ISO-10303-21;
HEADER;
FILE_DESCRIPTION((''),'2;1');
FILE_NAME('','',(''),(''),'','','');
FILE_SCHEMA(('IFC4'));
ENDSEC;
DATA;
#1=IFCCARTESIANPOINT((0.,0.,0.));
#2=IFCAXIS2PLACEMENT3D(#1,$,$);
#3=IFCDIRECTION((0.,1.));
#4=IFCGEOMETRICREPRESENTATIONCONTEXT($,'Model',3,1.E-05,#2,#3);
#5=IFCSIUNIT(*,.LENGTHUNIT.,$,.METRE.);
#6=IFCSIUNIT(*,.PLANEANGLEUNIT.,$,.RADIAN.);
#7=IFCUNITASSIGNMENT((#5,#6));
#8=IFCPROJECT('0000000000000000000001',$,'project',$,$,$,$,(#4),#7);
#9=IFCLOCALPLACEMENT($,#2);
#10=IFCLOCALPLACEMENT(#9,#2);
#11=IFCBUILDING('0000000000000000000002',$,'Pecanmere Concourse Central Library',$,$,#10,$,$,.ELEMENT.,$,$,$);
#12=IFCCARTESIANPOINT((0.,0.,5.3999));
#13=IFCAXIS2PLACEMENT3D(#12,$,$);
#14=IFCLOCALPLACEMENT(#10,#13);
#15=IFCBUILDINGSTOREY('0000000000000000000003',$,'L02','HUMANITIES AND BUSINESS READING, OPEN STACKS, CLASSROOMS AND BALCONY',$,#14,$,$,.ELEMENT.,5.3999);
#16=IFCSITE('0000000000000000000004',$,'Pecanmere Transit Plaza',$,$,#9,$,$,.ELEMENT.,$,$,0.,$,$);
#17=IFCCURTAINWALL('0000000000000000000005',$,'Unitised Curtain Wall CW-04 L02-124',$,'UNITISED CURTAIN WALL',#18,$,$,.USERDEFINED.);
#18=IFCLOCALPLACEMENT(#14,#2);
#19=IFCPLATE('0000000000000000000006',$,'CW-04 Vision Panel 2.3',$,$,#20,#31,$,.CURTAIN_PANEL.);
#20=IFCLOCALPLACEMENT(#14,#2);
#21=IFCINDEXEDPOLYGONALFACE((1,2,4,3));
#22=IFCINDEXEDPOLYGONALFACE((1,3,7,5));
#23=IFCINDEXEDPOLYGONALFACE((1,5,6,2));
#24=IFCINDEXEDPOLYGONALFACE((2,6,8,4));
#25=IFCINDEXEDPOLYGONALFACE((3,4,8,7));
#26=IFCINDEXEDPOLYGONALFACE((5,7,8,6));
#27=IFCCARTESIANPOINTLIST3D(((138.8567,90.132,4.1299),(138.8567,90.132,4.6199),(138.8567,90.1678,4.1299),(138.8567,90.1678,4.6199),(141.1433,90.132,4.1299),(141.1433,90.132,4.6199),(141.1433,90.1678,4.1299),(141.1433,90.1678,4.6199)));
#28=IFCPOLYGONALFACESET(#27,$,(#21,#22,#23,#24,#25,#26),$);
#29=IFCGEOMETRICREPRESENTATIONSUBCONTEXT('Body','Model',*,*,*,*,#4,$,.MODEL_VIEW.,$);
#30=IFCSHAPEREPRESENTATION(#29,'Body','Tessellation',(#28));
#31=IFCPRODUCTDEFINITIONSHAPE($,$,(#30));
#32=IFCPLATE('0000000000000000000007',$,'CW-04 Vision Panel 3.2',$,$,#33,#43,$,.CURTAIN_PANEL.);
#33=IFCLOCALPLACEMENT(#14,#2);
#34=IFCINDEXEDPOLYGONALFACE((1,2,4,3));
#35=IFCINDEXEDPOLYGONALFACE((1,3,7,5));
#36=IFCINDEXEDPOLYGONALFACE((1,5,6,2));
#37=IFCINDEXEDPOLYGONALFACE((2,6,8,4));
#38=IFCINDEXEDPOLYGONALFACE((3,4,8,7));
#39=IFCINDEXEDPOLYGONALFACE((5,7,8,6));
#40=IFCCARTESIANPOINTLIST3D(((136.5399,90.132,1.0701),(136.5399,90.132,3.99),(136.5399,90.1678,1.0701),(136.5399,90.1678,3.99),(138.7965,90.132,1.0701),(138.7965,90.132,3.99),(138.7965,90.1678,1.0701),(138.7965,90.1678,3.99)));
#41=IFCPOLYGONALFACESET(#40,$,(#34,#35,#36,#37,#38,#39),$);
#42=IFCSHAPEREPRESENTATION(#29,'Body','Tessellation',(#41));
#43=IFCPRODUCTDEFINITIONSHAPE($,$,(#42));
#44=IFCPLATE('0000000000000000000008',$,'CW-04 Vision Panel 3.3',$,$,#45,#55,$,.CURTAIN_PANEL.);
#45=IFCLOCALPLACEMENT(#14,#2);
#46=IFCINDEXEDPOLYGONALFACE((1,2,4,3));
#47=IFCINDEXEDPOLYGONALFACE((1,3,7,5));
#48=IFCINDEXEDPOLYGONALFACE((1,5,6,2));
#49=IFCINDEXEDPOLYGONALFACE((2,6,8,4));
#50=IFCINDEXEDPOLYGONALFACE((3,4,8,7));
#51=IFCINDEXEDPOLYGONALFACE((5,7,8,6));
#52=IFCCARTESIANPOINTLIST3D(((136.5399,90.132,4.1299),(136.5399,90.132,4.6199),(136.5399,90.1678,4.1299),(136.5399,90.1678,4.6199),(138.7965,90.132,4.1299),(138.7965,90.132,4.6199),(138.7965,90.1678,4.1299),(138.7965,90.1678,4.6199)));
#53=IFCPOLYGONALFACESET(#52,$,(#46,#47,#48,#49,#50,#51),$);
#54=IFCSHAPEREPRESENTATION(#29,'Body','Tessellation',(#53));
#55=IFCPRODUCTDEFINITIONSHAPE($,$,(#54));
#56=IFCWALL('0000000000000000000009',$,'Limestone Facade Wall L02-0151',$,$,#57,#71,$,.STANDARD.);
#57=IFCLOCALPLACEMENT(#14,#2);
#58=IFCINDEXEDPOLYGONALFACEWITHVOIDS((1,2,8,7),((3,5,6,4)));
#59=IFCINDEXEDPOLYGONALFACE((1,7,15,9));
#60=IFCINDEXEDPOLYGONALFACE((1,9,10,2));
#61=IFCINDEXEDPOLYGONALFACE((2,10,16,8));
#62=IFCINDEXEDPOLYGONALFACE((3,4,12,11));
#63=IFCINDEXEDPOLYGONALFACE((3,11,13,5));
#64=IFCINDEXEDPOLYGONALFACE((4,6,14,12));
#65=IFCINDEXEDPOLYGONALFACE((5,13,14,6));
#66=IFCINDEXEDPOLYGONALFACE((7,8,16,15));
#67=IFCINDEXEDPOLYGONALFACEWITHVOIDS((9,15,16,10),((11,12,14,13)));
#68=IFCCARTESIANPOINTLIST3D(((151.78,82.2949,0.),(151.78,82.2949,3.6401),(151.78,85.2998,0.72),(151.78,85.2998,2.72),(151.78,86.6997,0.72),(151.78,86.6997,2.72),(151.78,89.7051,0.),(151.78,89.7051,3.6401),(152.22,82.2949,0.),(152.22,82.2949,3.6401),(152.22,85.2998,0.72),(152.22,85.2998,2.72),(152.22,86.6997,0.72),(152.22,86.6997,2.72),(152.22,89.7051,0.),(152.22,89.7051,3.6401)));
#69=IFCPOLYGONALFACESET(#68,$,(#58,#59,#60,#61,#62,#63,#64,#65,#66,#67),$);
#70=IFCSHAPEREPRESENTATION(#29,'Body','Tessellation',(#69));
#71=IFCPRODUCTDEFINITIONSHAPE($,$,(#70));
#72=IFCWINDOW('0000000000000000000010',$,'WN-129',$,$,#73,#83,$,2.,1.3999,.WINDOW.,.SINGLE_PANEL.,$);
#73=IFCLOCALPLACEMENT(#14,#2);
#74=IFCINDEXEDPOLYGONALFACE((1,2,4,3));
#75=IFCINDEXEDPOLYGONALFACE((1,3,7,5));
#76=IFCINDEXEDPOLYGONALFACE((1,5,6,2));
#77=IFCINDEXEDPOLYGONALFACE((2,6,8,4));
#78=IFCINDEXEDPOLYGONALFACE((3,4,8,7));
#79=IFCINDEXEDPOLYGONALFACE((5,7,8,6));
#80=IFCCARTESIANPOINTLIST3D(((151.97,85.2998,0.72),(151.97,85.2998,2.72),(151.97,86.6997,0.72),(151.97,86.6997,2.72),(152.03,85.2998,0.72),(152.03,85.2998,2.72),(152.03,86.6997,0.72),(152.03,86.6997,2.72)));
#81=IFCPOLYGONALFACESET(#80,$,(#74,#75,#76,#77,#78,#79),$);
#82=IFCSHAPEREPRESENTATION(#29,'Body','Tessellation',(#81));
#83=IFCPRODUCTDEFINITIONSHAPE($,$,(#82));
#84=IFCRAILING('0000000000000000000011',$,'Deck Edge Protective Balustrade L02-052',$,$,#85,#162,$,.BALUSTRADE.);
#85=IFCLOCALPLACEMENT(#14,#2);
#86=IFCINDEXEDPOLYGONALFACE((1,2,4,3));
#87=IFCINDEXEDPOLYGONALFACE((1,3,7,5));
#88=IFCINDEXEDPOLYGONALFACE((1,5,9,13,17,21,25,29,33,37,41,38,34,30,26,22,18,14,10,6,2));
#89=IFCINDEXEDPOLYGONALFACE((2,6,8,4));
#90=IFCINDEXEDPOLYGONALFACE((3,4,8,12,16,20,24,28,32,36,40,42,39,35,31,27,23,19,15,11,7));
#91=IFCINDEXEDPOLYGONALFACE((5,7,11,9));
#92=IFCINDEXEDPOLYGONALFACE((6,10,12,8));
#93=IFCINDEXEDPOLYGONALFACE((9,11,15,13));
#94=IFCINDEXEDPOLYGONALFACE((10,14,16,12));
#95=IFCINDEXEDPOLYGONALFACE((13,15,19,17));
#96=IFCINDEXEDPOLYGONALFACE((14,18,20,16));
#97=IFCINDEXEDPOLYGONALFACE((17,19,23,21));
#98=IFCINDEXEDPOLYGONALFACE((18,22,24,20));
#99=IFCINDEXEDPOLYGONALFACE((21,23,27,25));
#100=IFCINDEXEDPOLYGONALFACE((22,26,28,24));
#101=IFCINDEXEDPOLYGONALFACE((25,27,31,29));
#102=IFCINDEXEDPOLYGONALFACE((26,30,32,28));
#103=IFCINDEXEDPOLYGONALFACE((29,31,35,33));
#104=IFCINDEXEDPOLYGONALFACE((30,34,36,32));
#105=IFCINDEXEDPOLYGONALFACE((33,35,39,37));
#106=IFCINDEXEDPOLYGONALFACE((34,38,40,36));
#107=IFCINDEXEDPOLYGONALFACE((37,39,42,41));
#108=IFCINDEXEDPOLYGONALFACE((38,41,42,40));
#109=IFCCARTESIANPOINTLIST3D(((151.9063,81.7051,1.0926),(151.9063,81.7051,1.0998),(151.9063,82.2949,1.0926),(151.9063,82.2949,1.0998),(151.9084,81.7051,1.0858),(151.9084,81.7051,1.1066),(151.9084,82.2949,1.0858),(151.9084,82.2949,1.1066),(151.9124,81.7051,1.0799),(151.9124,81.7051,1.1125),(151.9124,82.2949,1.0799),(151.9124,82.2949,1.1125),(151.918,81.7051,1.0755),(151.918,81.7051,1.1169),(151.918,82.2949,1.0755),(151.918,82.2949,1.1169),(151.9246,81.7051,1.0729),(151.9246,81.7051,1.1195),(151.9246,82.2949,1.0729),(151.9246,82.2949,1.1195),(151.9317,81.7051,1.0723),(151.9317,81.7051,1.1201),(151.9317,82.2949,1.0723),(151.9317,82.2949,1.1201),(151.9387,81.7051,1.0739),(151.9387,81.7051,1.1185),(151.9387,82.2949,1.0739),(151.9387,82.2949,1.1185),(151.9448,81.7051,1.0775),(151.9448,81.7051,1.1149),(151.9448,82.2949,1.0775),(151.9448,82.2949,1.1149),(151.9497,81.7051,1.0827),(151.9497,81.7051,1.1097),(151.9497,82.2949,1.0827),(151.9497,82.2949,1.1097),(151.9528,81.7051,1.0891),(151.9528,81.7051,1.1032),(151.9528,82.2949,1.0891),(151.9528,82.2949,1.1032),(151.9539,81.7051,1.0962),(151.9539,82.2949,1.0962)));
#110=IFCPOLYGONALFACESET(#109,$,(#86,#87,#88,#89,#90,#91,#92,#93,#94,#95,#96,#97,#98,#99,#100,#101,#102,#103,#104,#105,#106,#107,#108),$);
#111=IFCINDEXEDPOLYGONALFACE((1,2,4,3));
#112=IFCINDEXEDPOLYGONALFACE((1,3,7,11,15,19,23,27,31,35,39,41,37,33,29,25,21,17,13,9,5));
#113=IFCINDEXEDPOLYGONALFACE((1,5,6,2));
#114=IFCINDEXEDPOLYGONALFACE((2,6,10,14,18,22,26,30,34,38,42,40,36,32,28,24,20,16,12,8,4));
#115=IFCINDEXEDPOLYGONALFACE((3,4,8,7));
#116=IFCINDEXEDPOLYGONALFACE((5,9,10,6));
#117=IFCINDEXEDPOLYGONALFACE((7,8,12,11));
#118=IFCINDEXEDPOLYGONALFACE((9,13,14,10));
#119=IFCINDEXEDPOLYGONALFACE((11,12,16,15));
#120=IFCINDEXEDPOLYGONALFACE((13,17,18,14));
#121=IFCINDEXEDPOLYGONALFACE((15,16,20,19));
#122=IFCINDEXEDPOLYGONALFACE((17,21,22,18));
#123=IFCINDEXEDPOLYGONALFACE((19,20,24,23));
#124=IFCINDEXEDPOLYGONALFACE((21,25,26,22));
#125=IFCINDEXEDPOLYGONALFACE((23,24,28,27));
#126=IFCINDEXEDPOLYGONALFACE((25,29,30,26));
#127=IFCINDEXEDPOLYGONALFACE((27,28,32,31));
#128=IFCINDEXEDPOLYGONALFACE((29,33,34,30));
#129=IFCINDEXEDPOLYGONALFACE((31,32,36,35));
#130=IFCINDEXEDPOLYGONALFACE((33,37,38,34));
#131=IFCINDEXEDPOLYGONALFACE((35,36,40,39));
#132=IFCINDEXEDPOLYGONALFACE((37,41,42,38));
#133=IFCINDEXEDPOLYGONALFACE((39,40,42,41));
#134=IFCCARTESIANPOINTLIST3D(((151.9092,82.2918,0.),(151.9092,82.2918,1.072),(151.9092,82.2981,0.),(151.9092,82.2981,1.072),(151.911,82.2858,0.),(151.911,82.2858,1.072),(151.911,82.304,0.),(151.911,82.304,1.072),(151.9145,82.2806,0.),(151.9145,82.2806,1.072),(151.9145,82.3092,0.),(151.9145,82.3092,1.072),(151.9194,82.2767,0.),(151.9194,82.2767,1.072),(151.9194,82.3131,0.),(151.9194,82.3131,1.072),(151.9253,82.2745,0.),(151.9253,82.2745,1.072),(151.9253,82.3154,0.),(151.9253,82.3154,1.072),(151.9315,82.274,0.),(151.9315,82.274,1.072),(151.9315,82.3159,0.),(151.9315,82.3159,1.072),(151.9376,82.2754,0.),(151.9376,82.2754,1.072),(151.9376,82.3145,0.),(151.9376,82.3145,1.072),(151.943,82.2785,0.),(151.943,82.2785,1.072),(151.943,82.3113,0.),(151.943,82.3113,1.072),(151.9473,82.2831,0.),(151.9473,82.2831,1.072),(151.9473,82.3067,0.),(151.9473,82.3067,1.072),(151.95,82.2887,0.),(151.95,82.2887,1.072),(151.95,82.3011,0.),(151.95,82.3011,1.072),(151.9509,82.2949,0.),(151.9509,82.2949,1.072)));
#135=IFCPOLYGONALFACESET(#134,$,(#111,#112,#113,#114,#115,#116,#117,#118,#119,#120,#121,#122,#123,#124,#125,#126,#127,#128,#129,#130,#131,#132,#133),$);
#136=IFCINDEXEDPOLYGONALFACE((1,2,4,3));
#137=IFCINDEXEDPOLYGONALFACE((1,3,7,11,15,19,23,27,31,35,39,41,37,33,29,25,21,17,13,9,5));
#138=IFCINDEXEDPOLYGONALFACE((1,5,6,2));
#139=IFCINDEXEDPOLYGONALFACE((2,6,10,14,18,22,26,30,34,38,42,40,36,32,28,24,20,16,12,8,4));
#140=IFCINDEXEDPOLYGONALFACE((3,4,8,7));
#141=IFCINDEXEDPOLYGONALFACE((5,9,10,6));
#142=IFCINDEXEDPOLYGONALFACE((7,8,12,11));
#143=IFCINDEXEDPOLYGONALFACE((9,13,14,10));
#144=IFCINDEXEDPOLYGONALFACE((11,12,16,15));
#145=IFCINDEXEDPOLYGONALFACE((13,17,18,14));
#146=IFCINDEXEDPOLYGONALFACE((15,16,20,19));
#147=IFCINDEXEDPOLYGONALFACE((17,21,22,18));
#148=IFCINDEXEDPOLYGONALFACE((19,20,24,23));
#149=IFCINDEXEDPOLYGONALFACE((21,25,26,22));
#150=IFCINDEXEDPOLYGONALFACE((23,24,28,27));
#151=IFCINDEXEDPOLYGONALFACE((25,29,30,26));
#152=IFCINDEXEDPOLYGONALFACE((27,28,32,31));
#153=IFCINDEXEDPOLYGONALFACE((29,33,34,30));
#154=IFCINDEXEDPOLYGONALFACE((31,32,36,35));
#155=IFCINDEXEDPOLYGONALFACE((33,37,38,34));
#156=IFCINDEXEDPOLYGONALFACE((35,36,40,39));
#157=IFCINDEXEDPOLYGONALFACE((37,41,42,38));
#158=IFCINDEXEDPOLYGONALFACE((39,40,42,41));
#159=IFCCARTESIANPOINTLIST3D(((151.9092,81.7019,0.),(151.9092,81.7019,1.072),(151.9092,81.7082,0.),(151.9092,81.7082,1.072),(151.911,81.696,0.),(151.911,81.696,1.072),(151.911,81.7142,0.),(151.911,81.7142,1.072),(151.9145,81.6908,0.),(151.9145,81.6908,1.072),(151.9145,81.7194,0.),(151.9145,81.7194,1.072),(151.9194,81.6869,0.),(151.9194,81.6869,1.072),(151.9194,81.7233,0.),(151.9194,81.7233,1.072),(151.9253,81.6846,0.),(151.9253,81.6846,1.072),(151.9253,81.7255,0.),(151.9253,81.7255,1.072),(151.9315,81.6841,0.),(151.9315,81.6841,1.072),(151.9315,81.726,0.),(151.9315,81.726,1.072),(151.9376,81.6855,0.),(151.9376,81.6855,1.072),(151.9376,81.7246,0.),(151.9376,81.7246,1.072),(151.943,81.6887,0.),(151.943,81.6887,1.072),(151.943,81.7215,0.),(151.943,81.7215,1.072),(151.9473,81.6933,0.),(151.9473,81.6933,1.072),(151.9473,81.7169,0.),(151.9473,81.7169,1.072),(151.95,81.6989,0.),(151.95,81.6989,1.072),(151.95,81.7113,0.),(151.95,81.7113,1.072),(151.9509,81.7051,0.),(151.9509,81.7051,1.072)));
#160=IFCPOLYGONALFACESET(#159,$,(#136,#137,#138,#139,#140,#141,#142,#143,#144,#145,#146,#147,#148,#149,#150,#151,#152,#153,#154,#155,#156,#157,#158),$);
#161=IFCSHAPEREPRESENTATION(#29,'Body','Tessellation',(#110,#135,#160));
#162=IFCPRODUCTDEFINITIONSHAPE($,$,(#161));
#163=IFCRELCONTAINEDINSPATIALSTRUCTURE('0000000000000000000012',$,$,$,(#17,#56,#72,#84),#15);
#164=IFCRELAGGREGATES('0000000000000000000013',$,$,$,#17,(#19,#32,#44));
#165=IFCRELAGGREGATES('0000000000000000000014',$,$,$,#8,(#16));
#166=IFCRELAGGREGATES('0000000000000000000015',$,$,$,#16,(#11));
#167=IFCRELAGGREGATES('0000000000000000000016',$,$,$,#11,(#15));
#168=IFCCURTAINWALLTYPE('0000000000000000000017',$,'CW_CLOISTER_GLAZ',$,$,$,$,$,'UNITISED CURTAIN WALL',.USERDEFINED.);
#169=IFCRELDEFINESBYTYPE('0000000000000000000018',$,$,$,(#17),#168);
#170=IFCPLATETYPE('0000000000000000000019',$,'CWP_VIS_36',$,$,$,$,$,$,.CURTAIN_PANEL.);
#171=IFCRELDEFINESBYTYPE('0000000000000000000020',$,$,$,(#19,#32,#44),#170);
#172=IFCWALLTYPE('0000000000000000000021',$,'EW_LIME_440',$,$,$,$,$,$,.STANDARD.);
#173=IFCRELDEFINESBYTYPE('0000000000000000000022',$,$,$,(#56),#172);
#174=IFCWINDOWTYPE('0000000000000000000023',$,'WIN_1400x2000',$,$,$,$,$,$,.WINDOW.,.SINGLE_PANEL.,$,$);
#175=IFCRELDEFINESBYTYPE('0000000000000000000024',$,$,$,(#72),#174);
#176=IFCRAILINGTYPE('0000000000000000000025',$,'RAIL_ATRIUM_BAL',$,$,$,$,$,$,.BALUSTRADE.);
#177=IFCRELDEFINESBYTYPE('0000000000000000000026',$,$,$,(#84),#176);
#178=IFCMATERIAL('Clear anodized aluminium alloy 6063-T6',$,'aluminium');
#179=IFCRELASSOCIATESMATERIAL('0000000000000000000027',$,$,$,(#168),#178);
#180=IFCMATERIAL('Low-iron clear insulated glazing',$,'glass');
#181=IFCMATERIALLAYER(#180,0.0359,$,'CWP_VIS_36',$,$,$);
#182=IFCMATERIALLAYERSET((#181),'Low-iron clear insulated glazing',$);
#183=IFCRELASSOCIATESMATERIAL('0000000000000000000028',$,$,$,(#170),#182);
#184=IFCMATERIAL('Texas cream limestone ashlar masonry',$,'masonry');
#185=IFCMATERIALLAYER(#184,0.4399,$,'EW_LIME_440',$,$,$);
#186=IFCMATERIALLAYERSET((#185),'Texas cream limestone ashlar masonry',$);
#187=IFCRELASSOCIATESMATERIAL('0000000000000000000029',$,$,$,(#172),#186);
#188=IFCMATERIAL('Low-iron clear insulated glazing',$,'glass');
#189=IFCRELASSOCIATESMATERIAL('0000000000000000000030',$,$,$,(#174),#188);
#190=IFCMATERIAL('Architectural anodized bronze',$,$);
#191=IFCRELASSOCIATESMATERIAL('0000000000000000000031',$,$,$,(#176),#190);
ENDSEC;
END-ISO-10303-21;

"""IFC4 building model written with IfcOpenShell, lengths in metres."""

from ifc_helpers import new_model, si_unit, direction, frame, frame_2d, origin, origin_2d, place, context, subcontext, project, spatial, rectangle, circle, extrude, material, layer, layer_set, type_object, element, fill, aggregate, save


model = new_model("IFC4")

# Units and contexts
model_context = context("Model", 3, precision=1e-05, world=origin(), true_north=direction((0.0, 1.0)))
body_context = subcontext(model_context, "Body", "Model", "MODEL_VIEW")
ifc_project = project(units=[si_unit("LENGTHUNIT", "METRE"), si_unit("PLANEANGLEUNIT", "RADIAN")], contexts=[model_context])

# Site, building, storey
site_placement = place(None, origin())
site = spatial("IfcSite", under=ifc_project, at=site_placement, Name="Pecanmere Transit Plaza", CompositionType="ELEMENT", RefElevation=0.0)
building_placement = place(site_placement, origin())
building = spatial("IfcBuilding", under=site, at=building_placement, Name="Pecanmere Concourse Central Library", CompositionType="ELEMENT")
storey_placement = place(building_placement, frame((0.0, 0.0, 5.3999)))
storey = spatial("IfcBuildingStorey", under=building, at=storey_placement, Name="L02", Description="HUMANITIES AND BUSINESS READING, OPEN STACKS, CLASSROOMS AND BALCONY", CompositionType="ELEMENT", Elevation=5.3999)

# Shared definitions
ifc_material_1 = material(Name="Clear anodized aluminium alloy 6063-T6", Category="aluminium")
curtain_wall_type = type_object("IfcCurtainWallType", Name="CW_CLOISTER_GLAZ", ElementType="UNITISED CURTAIN WALL", PredefinedType="USERDEFINED", material=ifc_material_1)

# Curtain wall
curtain_wall_1_placement = place(storey_placement, origin())
curtain_wall_1 = element("IfcCurtainWall", 1, at=curtain_wall_1_placement, inside=storey, type_object=curtain_wall_type, Name="Unitised Curtain Wall CW-04 L02-124", ObjectType="UNITISED CURTAIN WALL", PredefinedType="USERDEFINED")

# Plates
ifc_material_2 = material(Name="Low-iron clear insulated glazing", Category="glass")
ifc_layer_1 = layer(ifc_material_2, 0.0359, Name="CWP_VIS_36")
ifc_layer_set_1 = layer_set([ifc_layer_1], Name="Low-iron clear insulated glazing")
plate_type_1 = type_object("IfcPlateType", Name="CWP_VIS_36", PredefinedType="CURTAIN_PANEL", material=ifc_layer_set_1)
plate_1_placement = place(storey_placement, frame((140.0, 90.1499, 4.1299), z_axis=(0.0, 0.0, 1.0), x_axis=(-1.0, 0.0, 0.0)))
plate_1 = element("IfcPlate", 2, at=plate_1_placement, type_object=plate_type_1, Name="CW-04 Vision Panel 2.3", PredefinedType="CURTAIN_PANEL", context=body_context, shape_type="SweptSolid", body=[
    extrude(rectangle(XDim=2.2866, YDim=0.0359, at=origin_2d()), origin(), (0.0, 0.0, 1.0), 0.49),
])
plate_2_placement = place(storey_placement, frame((137.6682, 90.1499, 1.0701), z_axis=(0.0, 0.0, 1.0), x_axis=(-1.0, 0.0, 0.0)))
plate_2 = element("IfcPlate", 3, at=plate_2_placement, type_object=plate_type_1, Name="CW-04 Vision Panel 3.2", PredefinedType="CURTAIN_PANEL", context=body_context, shape_type="SweptSolid", body=[
    extrude(rectangle(XDim=2.2566, YDim=0.0359, at=origin_2d()), origin(), (0.0, 0.0, 1.0), 2.9199),
])
plate_3_placement = place(storey_placement, frame((137.6682, 90.1499, 4.1299), z_axis=(0.0, 0.0, 1.0), x_axis=(-1.0, 0.0, 0.0)))
plate_3 = element("IfcPlate", 4, at=plate_3_placement, type_object=plate_type_1, Name="CW-04 Vision Panel 3.3", PredefinedType="CURTAIN_PANEL", context=body_context, shape_type="SweptSolid", body=[
    extrude(rectangle(XDim=2.2566, YDim=0.0359, at=origin_2d()), origin(), (0.0, 0.0, 1.0), 0.49),
])
aggregate(curtain_wall_1, [plate_1, plate_2, plate_3])

# Wall, opening, window
ifc_material_3 = material(Name="Texas cream limestone ashlar masonry", Category="masonry")
ifc_layer_2 = layer(ifc_material_3, 0.4399, Name="EW_LIME_440")
ifc_layer_set_2 = layer_set([ifc_layer_2], Name="Texas cream limestone ashlar masonry")
wall_type = type_object("IfcWallType", Name="EW_LIME_440", PredefinedType="STANDARD", material=ifc_layer_set_2)
wall_placement = place(storey_placement, frame((152.0, 82.2949, 0.0), z_axis=(0.0, 0.0, 1.0), x_axis=(0.0, 1.0, 0.0)))
wall = element("IfcWall", 5, at=wall_placement, inside=storey, type_object=wall_type, Name="Limestone Facade Wall L02-0151", PredefinedType="STANDARD", context=body_context, shape_type="SweptSolid", body=[
    extrude(rectangle(XDim=7.4102, YDim=0.4399, at=frame_2d((3.7051, 0.0))), origin(), (0.0, 0.0, 1.0), 3.6401),
])
opening_placement = place(wall_placement, frame((3.0049, 0.0, 0.72)))
opening = element("IfcOpeningElement", 6, at=opening_placement, cuts=wall, PredefinedType="OPENING", context=body_context, shape_type="SweptSolid", body=[
    extrude(rectangle(XDim=1.3999, YDim=2.0, at=frame_2d((0.7, 1.0))), frame((0.0, 0.2319, 0.0), z_axis=(0.0, -1.0, 0.0), x_axis=(1.0, 0.0, 0.0)), (0.0, 0.0, 1.0), 0.4639),
])
ifc_material_4 = material(Name="Low-iron clear insulated glazing", Category="glass")
window_type = type_object("IfcWindowType", Name="WIN_1400x2000", PartitioningType="SINGLE_PANEL", PredefinedType="WINDOW", material=ifc_material_4)
window_placement = place(opening_placement, origin())
window = element("IfcWindow", 7, at=window_placement, inside=storey, type_object=window_type, Name="WN-129", OverallHeight=2.0, OverallWidth=1.3999, PartitioningType="SINGLE_PANEL", PredefinedType="WINDOW", context=body_context, shape_type="SweptSolid", body=[
    extrude(rectangle(XDim=1.3999, YDim=2.0, at=frame_2d((0.7, 1.0))), frame((0.0, 0.03, 0.0), z_axis=(0.0, -1.0, 0.0), x_axis=(1.0, 0.0, 0.0)), (0.0, 0.0, 1.0), 0.0601),
])
fill(opening, window)

# Railing
ifc_material_5 = material(Name="Architectural anodized bronze")
railing_type = type_object("IfcRailingType", Name="RAIL_ATRIUM_BAL", PredefinedType="BALUSTRADE", material=ifc_material_5)
railing_1_placement = place(storey_placement, frame((151.9299, 82.2949, 0.0)))
element("IfcRailing", 8, at=railing_1_placement, inside=storey, type_object=railing_type, Name="Deck Edge Protective Balustrade L02-052", PredefinedType="BALUSTRADE", context=body_context, shape_type="SweptSolid", body=[
    extrude(circle(Radius=0.0239, at=origin_2d()), frame((0.0, 0.0, 1.0962), z_axis=(0.0, -1.0, 0.0), x_axis=(1.0, 0.0, 0.0)), (0.0, 0.0, 1.0), 0.5898),
    extrude(circle(Radius=0.021, at=origin_2d()), origin(), (0.0, 0.0, 1.0), 1.072),
    extrude(circle(Radius=0.021, at=origin_2d()), frame((0.0, -0.5898, 0.0)), (0.0, 0.0, 1.0), 1.072),
])

save(model, "model.ifc")
